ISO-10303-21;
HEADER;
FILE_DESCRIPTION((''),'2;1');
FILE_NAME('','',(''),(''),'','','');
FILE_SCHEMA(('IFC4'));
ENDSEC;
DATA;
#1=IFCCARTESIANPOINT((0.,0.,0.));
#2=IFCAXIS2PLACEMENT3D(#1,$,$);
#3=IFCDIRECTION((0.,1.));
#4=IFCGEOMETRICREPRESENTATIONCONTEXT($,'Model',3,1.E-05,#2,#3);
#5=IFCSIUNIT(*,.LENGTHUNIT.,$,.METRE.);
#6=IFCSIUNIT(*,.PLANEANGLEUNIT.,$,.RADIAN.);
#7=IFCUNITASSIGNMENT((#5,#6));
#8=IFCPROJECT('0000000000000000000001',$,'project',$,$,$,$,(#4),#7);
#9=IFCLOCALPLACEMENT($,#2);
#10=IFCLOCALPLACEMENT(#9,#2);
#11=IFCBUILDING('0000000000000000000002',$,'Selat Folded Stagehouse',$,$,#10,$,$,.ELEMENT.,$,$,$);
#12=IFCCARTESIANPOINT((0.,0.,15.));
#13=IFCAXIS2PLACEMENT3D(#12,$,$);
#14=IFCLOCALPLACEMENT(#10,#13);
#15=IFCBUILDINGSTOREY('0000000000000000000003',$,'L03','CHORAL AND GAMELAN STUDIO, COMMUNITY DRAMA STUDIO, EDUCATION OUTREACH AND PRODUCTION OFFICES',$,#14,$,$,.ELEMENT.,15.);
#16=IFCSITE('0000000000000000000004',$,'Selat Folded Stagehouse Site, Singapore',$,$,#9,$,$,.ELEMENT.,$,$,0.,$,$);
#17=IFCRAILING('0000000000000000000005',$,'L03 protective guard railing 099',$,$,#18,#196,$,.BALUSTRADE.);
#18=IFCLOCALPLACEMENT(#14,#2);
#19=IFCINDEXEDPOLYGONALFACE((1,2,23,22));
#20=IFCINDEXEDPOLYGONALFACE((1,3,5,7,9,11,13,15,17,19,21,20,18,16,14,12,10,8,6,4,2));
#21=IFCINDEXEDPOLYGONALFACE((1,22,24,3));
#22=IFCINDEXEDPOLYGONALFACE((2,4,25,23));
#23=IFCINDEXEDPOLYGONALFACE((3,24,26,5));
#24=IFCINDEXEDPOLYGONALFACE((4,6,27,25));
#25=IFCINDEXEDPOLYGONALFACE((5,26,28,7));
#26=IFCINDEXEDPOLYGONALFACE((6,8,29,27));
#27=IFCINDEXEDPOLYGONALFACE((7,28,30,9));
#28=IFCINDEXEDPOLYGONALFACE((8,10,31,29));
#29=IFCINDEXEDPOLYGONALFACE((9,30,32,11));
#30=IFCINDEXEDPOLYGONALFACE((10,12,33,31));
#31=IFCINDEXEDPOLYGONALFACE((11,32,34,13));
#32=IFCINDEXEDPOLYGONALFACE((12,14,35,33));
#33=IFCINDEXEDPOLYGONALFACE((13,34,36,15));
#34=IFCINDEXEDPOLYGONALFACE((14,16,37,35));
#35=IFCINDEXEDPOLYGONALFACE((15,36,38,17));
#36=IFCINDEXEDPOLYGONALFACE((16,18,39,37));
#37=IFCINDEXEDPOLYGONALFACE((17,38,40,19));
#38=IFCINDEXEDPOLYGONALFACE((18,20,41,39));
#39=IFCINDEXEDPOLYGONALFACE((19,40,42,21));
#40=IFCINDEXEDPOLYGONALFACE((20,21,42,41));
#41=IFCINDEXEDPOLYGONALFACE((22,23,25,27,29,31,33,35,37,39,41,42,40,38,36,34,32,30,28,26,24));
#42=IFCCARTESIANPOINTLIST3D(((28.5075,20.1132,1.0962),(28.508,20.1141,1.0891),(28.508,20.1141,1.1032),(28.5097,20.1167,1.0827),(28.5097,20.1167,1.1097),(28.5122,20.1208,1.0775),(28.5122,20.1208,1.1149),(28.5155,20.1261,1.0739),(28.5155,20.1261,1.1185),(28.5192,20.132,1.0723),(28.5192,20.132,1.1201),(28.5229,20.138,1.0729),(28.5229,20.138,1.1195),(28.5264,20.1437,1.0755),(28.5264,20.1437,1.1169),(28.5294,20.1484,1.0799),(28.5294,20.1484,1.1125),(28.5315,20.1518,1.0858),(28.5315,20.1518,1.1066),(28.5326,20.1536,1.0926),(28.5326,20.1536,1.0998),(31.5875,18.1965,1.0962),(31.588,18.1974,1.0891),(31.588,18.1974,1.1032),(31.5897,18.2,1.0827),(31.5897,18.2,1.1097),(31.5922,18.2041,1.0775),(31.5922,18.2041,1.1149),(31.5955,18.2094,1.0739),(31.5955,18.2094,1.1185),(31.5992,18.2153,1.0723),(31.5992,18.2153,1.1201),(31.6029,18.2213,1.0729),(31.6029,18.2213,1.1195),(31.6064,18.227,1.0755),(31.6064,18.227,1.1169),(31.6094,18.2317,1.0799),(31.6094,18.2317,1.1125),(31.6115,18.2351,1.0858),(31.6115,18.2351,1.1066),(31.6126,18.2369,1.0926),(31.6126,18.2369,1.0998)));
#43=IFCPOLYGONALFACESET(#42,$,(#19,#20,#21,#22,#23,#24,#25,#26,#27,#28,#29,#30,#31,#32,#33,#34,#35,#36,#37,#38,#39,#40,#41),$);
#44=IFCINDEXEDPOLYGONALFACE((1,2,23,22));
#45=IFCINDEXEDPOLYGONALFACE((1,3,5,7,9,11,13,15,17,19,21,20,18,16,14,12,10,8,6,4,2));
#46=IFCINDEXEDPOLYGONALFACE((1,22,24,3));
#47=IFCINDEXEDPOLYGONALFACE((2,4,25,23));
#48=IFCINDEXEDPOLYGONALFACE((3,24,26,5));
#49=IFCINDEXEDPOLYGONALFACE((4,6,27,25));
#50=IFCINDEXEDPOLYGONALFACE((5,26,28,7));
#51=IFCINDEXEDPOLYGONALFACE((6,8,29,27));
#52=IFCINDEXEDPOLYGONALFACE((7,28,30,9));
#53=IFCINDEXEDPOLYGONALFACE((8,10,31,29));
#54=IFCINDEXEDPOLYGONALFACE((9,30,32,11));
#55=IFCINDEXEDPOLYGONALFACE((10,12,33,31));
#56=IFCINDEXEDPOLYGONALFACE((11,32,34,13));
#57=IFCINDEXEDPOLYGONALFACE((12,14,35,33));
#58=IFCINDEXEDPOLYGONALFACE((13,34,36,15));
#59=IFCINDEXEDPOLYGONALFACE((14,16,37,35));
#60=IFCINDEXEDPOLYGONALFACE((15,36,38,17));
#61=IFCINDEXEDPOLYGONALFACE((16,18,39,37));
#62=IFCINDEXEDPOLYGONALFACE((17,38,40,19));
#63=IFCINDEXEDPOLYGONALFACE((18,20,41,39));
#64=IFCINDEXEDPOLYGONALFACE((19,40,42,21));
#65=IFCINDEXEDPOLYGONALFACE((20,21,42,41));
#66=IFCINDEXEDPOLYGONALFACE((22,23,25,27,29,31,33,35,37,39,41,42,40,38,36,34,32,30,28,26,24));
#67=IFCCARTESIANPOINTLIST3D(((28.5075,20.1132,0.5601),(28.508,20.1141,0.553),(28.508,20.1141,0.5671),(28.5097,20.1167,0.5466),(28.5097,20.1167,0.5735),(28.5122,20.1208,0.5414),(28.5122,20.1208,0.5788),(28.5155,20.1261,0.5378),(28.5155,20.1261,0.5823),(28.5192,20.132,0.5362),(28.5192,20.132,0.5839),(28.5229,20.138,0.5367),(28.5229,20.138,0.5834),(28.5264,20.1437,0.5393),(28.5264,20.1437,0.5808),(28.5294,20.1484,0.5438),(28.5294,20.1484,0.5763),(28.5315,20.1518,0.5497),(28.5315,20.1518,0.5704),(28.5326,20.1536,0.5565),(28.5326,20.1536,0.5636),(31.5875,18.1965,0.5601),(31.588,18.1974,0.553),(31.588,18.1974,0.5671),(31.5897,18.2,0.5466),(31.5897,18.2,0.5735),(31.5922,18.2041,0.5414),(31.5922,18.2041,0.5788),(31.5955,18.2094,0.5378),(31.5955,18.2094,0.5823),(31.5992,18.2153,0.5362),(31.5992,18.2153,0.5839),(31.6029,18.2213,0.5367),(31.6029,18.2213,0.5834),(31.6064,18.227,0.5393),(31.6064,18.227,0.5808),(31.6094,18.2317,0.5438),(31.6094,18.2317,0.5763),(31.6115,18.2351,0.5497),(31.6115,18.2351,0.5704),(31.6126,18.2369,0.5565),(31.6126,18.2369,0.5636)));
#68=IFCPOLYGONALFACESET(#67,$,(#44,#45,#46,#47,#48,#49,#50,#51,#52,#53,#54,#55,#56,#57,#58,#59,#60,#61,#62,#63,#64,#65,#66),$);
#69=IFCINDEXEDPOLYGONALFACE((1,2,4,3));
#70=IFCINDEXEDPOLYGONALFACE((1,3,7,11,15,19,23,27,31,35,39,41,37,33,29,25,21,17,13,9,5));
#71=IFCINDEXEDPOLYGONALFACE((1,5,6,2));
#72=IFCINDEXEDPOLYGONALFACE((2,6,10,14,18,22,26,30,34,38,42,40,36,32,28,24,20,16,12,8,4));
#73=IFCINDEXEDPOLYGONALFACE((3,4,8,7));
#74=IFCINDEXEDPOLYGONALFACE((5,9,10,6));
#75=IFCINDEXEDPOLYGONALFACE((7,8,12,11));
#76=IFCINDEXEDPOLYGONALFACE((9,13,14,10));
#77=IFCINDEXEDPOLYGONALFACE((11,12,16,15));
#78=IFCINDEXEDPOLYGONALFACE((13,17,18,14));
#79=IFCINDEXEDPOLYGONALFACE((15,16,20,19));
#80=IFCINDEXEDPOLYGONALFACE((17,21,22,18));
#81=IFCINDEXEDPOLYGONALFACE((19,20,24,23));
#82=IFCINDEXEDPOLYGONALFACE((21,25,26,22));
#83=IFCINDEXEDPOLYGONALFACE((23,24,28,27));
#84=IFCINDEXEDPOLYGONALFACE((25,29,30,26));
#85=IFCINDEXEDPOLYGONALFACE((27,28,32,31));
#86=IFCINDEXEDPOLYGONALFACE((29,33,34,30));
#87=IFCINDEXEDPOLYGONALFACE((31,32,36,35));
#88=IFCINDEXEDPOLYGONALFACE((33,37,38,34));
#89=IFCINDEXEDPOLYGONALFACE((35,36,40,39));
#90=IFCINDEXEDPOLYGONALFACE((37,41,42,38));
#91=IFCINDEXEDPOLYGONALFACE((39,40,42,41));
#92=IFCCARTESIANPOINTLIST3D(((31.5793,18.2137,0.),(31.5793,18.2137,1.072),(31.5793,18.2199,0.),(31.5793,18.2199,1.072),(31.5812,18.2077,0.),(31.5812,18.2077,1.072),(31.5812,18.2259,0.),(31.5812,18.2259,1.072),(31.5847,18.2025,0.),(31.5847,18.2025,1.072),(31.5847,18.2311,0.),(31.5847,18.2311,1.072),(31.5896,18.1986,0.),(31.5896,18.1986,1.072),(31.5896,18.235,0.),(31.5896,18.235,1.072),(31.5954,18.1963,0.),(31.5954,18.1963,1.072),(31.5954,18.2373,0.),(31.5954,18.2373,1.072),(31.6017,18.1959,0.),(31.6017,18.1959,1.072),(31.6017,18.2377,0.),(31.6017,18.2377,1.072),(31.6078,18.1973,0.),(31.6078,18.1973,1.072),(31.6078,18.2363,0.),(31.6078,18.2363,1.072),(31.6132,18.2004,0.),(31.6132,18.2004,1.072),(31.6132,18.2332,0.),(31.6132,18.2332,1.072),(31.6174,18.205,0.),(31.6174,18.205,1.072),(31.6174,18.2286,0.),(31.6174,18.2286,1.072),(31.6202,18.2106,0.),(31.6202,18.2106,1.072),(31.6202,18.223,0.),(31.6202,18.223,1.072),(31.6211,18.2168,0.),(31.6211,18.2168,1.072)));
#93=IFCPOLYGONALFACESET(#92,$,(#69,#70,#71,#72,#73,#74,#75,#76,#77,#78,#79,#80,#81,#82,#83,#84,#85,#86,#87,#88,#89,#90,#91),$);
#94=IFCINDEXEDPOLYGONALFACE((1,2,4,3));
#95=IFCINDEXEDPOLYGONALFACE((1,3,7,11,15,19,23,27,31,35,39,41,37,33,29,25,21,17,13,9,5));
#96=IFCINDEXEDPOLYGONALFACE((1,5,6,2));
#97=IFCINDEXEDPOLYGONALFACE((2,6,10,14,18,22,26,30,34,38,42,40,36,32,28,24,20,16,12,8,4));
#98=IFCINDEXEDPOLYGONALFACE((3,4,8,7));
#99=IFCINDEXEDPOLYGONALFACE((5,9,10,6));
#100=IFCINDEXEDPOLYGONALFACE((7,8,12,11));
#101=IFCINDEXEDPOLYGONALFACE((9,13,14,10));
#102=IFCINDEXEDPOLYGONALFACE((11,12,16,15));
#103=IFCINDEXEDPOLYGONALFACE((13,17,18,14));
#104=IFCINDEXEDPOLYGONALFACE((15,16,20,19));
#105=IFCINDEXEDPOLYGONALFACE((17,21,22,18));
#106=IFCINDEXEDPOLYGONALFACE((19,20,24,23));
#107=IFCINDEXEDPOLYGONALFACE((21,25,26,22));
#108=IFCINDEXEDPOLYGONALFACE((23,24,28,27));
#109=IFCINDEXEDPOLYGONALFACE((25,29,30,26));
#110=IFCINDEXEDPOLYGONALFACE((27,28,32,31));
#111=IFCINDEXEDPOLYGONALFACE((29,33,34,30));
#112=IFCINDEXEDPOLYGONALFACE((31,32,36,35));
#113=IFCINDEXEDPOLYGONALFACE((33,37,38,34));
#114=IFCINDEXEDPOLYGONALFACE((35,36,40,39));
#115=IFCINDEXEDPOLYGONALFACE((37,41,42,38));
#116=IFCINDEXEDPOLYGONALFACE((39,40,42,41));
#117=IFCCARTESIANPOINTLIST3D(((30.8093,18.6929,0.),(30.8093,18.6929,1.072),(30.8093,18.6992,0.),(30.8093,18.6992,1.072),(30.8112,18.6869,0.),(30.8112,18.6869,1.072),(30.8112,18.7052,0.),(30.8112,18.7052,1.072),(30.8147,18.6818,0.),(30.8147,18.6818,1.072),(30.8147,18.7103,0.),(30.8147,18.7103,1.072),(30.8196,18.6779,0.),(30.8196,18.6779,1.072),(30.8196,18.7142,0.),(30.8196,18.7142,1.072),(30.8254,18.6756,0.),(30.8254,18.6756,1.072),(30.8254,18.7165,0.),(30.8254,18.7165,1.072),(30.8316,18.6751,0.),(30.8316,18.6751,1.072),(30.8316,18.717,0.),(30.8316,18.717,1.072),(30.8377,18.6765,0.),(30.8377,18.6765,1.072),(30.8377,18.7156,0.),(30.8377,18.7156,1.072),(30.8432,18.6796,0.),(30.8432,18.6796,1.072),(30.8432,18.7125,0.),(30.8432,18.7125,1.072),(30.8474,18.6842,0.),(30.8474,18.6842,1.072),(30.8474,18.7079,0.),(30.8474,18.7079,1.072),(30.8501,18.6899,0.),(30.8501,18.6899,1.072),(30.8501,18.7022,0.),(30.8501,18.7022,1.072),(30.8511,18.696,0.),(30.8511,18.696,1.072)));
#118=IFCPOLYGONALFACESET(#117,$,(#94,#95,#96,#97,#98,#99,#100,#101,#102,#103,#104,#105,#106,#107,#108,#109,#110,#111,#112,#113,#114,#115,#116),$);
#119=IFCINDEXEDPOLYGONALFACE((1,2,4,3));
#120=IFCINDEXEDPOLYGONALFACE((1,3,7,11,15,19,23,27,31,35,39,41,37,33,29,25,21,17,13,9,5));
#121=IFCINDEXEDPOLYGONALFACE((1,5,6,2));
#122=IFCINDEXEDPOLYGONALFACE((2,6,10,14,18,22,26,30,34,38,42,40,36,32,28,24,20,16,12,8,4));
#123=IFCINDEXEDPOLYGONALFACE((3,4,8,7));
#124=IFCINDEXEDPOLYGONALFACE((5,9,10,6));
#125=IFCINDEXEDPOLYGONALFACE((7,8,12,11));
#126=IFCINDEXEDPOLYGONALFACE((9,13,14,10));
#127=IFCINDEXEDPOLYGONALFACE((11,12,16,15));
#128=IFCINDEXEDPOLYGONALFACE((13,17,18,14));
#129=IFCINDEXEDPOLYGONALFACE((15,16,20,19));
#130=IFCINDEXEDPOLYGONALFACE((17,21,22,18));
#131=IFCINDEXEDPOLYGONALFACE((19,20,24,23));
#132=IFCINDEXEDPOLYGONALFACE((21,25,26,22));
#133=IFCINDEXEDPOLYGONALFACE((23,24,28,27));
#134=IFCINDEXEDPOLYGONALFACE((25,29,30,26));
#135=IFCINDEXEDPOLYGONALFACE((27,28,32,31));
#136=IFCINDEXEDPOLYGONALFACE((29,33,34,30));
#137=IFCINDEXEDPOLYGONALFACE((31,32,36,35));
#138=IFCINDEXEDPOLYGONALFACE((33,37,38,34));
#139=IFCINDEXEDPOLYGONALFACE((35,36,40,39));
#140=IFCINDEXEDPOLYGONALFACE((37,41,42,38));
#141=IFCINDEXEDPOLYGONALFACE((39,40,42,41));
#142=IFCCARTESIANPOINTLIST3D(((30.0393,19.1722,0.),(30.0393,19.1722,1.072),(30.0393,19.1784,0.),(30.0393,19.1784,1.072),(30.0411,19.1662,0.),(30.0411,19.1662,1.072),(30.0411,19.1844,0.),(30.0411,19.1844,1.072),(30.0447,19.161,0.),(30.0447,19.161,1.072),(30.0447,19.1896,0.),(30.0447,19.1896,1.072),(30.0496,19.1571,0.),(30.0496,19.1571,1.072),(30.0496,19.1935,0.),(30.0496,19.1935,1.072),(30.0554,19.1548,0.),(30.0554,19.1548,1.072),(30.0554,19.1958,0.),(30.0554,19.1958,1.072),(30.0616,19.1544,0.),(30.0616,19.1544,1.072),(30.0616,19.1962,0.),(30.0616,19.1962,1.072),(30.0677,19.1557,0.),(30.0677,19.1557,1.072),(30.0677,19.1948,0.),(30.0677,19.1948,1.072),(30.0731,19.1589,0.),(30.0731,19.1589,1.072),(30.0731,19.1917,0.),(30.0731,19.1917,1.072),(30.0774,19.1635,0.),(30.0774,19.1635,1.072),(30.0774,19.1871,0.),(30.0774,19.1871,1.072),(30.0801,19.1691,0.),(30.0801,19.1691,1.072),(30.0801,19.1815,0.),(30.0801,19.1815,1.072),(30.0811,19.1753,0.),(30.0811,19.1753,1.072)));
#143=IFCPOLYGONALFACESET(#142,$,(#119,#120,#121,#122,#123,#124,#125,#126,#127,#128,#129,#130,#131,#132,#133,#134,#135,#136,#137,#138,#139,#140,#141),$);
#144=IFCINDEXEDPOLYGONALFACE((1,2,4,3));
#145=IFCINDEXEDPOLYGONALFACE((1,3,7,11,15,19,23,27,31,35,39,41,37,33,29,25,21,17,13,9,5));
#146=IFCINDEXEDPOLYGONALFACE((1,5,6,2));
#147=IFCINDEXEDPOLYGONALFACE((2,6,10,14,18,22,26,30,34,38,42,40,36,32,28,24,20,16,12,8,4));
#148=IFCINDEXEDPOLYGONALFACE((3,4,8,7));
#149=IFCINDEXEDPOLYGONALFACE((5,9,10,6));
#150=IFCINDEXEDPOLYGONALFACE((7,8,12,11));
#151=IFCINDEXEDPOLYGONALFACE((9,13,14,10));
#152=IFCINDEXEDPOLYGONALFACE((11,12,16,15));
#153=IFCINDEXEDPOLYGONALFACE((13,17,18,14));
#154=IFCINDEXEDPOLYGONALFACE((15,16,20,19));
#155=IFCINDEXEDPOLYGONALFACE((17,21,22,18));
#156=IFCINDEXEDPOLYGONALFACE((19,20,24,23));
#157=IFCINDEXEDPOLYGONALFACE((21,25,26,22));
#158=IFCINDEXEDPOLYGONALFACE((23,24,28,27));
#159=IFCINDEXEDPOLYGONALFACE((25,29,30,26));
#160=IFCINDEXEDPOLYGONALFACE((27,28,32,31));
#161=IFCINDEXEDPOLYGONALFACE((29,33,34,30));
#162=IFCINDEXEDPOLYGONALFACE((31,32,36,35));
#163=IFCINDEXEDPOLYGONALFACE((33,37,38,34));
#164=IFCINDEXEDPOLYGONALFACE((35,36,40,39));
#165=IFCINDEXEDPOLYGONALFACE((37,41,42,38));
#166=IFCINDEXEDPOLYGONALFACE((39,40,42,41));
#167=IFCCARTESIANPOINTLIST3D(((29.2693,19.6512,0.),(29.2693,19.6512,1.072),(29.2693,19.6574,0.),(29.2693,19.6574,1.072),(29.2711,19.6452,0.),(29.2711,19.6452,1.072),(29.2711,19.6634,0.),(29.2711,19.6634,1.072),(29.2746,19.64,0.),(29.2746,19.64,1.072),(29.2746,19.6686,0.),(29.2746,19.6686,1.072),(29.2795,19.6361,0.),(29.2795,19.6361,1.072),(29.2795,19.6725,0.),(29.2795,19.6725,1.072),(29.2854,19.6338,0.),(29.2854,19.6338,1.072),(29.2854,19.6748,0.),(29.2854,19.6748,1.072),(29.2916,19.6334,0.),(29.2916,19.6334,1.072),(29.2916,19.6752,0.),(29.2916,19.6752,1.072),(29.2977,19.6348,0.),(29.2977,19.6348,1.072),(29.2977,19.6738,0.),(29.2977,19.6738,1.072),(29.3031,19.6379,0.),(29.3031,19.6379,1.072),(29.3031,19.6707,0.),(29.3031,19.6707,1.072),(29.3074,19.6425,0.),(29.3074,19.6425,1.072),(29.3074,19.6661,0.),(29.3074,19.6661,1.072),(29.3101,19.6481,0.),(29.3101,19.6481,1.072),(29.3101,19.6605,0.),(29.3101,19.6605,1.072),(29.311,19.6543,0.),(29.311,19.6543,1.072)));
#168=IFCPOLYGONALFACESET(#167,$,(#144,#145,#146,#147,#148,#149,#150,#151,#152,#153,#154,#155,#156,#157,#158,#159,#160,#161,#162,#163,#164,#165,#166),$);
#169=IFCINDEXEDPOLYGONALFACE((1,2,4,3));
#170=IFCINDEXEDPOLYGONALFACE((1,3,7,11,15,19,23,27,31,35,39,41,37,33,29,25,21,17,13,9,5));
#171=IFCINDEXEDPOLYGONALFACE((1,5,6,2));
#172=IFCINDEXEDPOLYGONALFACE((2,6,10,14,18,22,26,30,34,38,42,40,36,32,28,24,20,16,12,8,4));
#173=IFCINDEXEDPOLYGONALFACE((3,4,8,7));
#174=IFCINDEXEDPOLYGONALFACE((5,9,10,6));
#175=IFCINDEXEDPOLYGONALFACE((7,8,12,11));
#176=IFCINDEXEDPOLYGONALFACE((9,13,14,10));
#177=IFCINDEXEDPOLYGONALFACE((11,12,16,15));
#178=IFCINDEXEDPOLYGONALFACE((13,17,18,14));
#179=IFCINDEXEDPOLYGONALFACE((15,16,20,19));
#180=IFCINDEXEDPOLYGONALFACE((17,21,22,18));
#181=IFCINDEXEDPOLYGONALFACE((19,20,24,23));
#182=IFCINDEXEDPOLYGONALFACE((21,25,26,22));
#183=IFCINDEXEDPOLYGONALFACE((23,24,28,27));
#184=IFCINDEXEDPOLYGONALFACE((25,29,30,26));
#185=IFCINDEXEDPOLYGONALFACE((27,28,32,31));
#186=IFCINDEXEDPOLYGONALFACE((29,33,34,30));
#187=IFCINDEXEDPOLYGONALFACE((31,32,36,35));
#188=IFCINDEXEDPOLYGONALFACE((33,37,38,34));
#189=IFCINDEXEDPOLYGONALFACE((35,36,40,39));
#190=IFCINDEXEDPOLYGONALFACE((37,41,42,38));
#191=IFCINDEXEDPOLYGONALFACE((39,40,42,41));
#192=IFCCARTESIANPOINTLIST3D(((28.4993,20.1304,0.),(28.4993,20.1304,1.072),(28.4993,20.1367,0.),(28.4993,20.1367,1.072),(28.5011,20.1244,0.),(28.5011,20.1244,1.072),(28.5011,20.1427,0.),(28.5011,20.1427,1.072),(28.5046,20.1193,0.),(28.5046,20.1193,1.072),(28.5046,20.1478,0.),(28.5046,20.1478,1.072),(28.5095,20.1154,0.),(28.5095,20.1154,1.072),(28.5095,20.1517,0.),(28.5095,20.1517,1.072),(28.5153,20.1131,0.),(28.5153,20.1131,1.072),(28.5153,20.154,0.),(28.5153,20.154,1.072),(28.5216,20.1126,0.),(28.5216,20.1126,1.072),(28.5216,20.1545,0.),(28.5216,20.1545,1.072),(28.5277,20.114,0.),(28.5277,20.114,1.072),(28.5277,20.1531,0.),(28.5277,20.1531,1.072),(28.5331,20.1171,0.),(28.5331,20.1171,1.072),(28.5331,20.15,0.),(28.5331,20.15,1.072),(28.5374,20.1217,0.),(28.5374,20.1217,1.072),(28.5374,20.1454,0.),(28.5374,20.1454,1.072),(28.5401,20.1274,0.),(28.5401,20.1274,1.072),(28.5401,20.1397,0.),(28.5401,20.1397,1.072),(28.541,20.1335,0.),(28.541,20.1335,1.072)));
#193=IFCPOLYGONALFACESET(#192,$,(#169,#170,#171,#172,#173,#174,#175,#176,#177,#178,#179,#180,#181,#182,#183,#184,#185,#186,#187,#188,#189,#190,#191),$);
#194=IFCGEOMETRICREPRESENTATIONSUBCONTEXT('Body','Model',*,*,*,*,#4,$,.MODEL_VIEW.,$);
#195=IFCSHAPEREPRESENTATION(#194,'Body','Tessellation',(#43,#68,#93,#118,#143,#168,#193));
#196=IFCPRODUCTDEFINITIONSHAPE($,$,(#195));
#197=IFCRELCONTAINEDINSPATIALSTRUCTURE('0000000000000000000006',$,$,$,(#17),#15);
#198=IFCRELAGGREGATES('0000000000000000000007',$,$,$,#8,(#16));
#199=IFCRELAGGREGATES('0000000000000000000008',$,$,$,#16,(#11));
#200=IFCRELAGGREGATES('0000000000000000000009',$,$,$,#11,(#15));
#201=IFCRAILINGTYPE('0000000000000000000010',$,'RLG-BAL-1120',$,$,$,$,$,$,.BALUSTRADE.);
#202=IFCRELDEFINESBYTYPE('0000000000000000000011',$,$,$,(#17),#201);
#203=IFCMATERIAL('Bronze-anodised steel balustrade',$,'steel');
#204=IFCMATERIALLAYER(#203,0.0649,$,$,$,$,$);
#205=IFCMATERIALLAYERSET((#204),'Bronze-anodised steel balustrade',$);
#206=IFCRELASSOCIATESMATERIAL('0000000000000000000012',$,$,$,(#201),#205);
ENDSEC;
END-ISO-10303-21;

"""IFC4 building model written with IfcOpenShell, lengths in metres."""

from ifc_helpers import new_model, si_unit, direction, frame, origin, origin_2d, place, context, subcontext, project, spatial, circle, extrude, material, layer, layer_set, type_object, element, save


model = new_model("IFC4")

# Units and contexts
model_context = context("Model", 3, precision=1e-05, world=origin(), true_north=direction((0.0, 1.0)))
body_context = subcontext(model_context, "Body", "Model", "MODEL_VIEW")
ifc_project = project(units=[si_unit("LENGTHUNIT", "METRE"), si_unit("PLANEANGLEUNIT", "RADIAN")], contexts=[model_context])

# Site, building, storey
site_placement = place(None, origin())
site = spatial("IfcSite", under=ifc_project, at=site_placement, Name="Selat Folded Stagehouse Site, Singapore", CompositionType="ELEMENT", RefElevation=0.0)
building_placement = place(site_placement, origin())
building = spatial("IfcBuilding", under=site, at=building_placement, Name="Selat Folded Stagehouse", CompositionType="ELEMENT")
storey_placement = place(building_placement, frame((0.0, 0.0, 15.0)))
storey = spatial("IfcBuildingStorey", under=building, at=storey_placement, Name="L03", Description="CHORAL AND GAMELAN STUDIO, COMMUNITY DRAMA STUDIO, EDUCATION OUTREACH AND PRODUCTION OFFICES", CompositionType="ELEMENT", Elevation=15.0)

# Railing
ifc_material_1 = material(Name="Bronze-anodised steel balustrade", Category="steel")
ifc_layer_1 = layer(ifc_material_1, 0.0649)
ifc_layer_set_1 = layer_set([ifc_layer_1], Name="Bronze-anodised steel balustrade")
railing_type = type_object("IfcRailingType", Name="RLG-BAL-1120", PredefinedType="BALUSTRADE", material=ifc_layer_set_1)
railing_1_placement = place(storey_placement, frame((31.6001, 18.2168, 0.0)))
element("IfcRailing", 1, at=railing_1_placement, inside=storey, type_object=railing_type, Name="L03 protective guard railing 099", PredefinedType="BALUSTRADE", context=body_context, shape_type="SweptSolid", body=[
    extrude(circle(Radius=0.0239, at=origin_2d()), frame((0.0, 0.0, 1.0962), z_axis=(-0.849025, 0.528353, 0.0), x_axis=(-0.528353, -0.849025, 0.0)), (0.0, 0.0, 1.0), 3.6277),
    extrude(circle(Radius=0.0239, at=origin_2d()), frame((0.0, 0.0, 0.5601), z_axis=(-0.849025, 0.528353, 0.0), x_axis=(-0.528353, -0.849025, 0.0)), (0.0, 0.0, 1.0), 3.6277),
    extrude(circle(Radius=0.021, at=origin_2d()), origin(), (0.0, 0.0, 1.0), 1.072),
    extrude(circle(Radius=0.021, at=origin_2d()), frame((-0.77, 0.4792, 0.0)), (0.0, 0.0, 1.0), 1.072),
    extrude(circle(Radius=0.021, at=origin_2d()), frame((-1.54, 0.9585, 0.0)), (0.0, 0.0, 1.0), 1.072),
    extrude(circle(Radius=0.021, at=origin_2d()), frame((-2.3101, 1.4375, 0.0)), (0.0, 0.0, 1.0), 1.072),
    extrude(circle(Radius=0.021, at=origin_2d()), frame((-3.0801, 1.9167, 0.0)), (0.0, 0.0, 1.0), 1.072),
])

save(model, "model.ifc")
